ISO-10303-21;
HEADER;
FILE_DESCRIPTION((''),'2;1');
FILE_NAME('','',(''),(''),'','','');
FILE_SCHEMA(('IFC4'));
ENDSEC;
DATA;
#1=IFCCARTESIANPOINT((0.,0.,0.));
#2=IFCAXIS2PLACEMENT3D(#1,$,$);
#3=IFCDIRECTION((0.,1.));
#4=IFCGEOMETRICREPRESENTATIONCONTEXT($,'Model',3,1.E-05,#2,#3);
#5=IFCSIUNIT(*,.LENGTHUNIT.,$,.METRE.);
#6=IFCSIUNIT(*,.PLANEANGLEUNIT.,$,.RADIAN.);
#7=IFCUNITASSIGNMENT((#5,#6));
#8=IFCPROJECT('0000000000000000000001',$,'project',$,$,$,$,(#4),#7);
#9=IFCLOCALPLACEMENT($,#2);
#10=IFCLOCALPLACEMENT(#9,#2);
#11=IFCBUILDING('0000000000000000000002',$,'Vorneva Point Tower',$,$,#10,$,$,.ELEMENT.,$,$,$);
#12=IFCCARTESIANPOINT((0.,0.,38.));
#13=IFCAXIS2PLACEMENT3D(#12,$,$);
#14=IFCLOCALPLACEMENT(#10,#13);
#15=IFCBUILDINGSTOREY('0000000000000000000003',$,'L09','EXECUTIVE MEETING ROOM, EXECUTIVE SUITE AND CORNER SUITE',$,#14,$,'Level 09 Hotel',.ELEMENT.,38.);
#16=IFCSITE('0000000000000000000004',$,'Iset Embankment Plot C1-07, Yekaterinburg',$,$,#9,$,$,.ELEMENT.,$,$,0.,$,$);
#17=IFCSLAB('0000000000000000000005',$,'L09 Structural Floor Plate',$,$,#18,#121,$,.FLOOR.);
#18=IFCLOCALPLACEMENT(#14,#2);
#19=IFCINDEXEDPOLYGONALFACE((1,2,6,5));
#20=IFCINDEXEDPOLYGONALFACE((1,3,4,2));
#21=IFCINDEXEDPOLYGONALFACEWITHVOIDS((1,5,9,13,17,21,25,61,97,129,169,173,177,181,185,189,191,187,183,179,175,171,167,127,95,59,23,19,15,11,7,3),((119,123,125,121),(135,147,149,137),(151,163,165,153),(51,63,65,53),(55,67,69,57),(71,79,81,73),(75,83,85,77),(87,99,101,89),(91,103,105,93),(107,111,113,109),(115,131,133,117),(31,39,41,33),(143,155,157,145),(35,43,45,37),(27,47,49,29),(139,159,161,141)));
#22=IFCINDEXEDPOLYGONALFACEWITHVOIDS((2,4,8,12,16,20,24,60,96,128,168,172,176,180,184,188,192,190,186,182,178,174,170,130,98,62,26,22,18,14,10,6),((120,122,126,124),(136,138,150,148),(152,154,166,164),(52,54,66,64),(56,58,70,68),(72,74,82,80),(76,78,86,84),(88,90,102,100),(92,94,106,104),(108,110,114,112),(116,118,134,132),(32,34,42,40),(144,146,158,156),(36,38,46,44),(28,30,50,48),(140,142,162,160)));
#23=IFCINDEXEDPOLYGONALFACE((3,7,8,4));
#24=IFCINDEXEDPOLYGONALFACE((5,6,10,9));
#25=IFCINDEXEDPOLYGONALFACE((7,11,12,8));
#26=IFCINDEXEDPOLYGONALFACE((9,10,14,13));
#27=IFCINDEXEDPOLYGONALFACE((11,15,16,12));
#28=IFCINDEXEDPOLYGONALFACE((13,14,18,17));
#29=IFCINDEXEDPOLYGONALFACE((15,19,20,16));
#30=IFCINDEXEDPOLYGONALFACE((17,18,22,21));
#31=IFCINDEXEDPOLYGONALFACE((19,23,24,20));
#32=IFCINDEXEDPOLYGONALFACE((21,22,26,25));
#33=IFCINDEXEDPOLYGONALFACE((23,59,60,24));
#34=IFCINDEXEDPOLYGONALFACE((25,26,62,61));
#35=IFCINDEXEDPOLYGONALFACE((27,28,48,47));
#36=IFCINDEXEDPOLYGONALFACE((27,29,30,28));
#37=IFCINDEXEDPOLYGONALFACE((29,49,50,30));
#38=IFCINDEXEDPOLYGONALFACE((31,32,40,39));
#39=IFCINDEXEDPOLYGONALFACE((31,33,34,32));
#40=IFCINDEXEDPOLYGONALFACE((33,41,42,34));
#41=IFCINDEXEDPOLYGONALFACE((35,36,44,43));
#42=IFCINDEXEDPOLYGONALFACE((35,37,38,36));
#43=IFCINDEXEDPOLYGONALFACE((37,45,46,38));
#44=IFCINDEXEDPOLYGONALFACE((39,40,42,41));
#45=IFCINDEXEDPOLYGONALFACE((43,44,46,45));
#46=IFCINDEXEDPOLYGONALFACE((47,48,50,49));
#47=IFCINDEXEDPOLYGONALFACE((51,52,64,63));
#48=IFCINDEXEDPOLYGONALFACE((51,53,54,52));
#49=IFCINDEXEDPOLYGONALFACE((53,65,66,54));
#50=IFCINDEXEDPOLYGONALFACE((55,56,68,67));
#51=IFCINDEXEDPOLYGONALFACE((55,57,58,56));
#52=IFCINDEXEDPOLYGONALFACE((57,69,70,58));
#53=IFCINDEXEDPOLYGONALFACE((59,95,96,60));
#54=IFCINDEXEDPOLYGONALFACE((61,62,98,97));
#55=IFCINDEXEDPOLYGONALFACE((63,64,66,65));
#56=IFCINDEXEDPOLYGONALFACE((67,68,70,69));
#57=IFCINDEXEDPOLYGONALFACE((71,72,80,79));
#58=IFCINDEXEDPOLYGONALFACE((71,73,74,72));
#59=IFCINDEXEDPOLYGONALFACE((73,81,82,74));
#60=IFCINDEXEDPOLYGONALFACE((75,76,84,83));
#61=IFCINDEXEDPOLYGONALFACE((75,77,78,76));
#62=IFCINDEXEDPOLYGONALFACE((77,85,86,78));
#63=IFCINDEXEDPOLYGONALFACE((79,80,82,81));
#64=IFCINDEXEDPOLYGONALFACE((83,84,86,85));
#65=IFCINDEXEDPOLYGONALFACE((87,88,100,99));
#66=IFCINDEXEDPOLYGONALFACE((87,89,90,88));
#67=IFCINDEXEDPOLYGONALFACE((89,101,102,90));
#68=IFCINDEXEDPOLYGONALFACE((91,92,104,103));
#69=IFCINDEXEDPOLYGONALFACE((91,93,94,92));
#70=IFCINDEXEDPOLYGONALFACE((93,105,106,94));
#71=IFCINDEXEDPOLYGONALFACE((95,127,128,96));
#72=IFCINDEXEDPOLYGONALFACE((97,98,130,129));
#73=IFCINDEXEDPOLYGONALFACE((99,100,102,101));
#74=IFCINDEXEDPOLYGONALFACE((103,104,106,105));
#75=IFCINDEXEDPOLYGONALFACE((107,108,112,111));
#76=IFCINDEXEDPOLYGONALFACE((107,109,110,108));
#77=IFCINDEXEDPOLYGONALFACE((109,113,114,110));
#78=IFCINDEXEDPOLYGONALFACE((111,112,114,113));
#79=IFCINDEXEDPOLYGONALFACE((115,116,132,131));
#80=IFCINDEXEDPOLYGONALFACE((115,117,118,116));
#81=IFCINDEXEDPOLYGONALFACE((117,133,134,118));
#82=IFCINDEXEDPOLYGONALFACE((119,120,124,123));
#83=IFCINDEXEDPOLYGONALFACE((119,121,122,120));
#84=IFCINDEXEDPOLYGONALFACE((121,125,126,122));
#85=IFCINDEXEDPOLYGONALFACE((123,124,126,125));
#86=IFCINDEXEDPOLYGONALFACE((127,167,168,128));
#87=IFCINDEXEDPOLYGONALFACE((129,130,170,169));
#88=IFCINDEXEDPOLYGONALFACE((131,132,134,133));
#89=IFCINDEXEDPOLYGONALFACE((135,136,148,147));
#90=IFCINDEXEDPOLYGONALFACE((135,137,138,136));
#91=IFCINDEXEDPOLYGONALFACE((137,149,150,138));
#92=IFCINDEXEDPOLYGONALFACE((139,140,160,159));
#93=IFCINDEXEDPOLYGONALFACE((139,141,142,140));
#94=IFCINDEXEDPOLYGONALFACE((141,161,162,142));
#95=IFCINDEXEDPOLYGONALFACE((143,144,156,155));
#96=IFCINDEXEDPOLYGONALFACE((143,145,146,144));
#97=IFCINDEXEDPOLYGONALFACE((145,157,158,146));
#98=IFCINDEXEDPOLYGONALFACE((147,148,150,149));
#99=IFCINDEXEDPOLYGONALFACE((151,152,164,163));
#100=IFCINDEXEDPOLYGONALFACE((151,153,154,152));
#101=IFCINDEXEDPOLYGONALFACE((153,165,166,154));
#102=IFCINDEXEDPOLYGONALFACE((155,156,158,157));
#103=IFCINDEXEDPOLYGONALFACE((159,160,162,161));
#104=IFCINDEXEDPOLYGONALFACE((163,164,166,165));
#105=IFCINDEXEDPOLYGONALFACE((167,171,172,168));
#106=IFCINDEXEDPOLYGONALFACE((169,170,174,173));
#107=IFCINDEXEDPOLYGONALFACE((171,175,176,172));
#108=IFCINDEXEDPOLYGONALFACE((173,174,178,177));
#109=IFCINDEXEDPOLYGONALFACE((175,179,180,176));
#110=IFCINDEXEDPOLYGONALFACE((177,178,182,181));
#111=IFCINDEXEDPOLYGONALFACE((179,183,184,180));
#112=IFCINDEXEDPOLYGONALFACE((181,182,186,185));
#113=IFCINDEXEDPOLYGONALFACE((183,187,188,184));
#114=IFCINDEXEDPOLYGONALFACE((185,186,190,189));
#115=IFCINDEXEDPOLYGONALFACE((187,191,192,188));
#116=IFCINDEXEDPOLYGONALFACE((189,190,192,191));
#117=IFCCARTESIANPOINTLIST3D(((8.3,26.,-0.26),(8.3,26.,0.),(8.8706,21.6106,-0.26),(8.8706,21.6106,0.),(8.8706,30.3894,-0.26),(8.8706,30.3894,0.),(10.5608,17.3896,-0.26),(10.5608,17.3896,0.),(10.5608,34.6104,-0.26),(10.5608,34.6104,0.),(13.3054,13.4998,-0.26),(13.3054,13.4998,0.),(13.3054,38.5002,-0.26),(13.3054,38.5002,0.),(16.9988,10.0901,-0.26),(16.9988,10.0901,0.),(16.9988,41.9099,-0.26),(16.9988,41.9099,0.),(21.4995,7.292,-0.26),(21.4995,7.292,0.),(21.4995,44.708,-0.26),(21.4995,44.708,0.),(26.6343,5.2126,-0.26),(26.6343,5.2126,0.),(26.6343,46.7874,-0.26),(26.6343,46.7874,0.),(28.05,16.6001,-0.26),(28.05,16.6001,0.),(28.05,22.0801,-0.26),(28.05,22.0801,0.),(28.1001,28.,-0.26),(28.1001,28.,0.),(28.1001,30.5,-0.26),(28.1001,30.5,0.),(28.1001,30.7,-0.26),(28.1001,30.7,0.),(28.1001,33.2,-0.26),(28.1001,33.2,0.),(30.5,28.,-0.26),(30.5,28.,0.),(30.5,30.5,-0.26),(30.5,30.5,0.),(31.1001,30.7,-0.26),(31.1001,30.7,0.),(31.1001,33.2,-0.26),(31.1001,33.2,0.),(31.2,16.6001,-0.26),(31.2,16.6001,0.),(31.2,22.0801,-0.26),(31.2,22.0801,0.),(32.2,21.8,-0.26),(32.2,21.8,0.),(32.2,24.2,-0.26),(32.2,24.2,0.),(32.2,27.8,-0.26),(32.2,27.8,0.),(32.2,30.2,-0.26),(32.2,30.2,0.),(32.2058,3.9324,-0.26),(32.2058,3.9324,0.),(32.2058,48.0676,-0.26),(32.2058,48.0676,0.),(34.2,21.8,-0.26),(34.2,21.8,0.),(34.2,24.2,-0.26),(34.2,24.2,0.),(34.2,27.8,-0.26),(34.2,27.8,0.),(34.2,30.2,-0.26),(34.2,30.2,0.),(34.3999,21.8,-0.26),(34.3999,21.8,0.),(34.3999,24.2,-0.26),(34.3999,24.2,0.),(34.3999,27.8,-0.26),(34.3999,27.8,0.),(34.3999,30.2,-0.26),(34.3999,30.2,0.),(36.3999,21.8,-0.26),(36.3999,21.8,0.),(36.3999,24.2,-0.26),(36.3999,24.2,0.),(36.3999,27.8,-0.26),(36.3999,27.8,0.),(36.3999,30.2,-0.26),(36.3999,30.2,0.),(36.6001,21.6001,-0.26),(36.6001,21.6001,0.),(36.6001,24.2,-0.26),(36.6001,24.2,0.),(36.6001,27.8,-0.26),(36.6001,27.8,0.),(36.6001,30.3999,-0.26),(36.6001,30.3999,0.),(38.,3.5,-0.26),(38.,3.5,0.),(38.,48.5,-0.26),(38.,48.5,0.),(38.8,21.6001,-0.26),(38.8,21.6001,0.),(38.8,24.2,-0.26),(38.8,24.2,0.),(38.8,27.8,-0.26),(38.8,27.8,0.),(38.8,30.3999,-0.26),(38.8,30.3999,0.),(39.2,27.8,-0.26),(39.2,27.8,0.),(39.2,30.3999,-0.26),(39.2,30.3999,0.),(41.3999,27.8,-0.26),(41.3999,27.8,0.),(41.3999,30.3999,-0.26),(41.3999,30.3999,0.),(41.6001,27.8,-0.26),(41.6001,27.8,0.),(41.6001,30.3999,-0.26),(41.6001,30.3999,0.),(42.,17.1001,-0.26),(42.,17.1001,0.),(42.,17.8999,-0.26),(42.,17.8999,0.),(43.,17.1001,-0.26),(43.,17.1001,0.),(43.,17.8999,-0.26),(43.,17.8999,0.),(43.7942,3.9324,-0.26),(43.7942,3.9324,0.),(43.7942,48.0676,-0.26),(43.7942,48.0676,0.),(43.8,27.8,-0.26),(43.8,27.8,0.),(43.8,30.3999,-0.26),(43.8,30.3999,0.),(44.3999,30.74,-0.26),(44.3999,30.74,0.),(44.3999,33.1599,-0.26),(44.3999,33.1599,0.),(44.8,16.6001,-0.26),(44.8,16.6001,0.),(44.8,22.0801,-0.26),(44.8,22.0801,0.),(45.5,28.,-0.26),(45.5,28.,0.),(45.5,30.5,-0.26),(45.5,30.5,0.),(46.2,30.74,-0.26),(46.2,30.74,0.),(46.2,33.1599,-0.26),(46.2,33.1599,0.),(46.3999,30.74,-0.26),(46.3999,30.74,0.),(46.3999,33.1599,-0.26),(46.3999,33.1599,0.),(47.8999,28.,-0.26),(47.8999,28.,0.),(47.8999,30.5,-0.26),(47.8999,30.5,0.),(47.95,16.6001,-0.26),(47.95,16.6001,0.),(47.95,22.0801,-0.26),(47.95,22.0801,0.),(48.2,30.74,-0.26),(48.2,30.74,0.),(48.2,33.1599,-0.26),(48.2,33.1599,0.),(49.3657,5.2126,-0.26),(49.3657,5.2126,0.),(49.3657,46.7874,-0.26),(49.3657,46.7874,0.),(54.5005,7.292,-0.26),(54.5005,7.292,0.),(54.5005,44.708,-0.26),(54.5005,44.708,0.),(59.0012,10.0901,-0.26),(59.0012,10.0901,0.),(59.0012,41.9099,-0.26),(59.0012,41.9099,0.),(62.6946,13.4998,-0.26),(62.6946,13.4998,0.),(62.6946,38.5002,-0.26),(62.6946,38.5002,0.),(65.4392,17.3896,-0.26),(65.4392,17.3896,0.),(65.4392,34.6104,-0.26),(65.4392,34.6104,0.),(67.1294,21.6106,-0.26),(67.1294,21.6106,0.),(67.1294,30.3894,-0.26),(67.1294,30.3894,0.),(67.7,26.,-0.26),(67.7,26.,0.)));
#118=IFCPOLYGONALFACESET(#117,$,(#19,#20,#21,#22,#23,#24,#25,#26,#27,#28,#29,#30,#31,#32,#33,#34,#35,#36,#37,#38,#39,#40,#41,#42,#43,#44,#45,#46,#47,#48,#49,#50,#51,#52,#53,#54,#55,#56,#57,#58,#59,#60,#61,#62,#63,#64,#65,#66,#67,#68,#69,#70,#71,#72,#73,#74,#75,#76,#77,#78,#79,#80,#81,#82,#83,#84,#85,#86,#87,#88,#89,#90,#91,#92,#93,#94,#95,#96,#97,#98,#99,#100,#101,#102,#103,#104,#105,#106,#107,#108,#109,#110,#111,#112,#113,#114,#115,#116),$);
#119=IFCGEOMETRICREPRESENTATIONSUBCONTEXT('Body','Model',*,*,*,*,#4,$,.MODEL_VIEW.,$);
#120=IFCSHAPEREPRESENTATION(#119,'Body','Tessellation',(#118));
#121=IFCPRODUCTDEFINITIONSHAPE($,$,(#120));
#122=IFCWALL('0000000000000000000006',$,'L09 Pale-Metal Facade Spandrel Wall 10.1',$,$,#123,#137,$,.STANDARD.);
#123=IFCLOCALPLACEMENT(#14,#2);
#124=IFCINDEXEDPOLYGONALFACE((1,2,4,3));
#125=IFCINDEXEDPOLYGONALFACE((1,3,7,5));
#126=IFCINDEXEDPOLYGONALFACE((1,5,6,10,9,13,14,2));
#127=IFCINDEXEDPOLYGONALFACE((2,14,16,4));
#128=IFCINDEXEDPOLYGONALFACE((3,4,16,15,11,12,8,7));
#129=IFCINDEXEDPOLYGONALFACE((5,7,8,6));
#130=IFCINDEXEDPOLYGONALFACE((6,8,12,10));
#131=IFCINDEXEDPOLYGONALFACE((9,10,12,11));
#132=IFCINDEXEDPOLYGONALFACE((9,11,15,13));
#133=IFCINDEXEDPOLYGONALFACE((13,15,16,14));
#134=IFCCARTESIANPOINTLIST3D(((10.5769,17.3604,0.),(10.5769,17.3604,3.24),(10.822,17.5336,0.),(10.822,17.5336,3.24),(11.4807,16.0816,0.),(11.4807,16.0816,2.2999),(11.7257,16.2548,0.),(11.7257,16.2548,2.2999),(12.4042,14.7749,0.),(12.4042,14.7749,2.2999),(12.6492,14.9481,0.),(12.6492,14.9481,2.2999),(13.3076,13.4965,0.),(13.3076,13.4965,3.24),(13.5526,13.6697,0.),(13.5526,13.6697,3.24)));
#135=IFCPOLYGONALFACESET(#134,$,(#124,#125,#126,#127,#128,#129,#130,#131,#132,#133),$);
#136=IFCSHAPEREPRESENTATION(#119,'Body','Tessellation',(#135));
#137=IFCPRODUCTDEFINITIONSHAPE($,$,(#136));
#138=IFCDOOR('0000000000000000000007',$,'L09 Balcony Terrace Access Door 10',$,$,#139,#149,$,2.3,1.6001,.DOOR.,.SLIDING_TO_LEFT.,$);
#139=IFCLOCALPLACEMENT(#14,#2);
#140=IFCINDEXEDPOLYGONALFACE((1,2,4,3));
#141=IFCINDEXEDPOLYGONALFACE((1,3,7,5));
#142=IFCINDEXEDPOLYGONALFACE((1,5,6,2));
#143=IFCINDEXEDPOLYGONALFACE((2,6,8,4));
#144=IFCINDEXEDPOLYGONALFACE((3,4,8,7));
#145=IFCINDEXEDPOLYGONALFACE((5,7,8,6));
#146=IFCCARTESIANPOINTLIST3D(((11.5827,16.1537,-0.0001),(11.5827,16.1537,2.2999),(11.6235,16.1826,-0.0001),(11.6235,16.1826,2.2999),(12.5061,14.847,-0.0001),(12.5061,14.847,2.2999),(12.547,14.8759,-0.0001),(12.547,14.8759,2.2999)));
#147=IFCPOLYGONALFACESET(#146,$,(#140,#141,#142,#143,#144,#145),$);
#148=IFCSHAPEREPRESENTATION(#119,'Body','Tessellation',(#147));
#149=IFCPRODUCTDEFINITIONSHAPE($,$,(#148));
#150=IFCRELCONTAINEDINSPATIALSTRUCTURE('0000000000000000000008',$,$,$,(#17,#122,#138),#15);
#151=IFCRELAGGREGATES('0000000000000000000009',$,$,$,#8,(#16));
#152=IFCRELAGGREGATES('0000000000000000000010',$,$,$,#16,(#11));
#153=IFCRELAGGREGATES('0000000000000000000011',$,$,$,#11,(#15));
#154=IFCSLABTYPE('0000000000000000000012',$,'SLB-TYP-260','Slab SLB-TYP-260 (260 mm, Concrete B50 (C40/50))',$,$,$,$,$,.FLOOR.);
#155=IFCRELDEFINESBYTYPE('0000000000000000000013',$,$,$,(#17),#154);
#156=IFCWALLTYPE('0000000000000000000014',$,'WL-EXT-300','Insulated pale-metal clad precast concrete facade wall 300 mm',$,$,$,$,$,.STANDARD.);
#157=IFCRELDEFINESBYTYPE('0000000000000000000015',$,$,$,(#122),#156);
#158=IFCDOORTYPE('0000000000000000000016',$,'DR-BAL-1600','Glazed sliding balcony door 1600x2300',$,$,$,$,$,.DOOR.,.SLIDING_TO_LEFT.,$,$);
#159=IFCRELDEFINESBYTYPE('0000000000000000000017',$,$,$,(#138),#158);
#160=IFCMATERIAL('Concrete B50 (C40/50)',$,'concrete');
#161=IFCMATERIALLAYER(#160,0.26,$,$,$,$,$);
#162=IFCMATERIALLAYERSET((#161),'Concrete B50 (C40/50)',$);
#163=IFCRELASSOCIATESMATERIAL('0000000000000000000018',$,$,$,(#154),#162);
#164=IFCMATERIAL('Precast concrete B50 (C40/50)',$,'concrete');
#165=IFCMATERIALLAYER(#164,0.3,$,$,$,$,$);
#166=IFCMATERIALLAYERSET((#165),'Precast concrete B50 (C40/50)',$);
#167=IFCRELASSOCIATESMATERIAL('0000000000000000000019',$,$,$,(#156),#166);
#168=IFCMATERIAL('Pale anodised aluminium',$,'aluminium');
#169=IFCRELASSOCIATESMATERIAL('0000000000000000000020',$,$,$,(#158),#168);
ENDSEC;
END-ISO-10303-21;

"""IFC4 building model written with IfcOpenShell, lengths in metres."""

from ifc_helpers import new_model, si_unit, direction, frame, frame_2d, origin, place, context, subcontext, project, spatial, polyline, rectangle, outline, extrude, material, layer, layer_set, type_object, element, fill, save


model = new_model("IFC4")

# Units and contexts
model_context = context("Model", 3, precision=1e-05, world=origin(), true_north=direction((0.0, 1.0)))
body_context = subcontext(model_context, "Body", "Model", "MODEL_VIEW")
ifc_project = project(units=[si_unit("LENGTHUNIT", "METRE"), si_unit("PLANEANGLEUNIT", "RADIAN")], contexts=[model_context])

# Site, building, storey
site_placement = place(None, origin())
site = spatial("IfcSite", under=ifc_project, at=site_placement, Name="Iset Embankment Plot C1-07, Yekaterinburg", CompositionType="ELEMENT", RefElevation=0.0)
building_placement = place(site_placement, origin())
building = spatial("IfcBuilding", under=site, at=building_placement, Name="Vorneva Point Tower", CompositionType="ELEMENT")
storey_placement = place(building_placement, frame((0.0, 0.0, 38.0)))
storey = spatial("IfcBuildingStorey", under=building, at=storey_placement, Name="L09", Description="EXECUTIVE MEETING ROOM, EXECUTIVE SUITE AND CORNER SUITE", LongName="Level 09 Hotel", CompositionType="ELEMENT", Elevation=38.0)

# Shared definitions
ifc_material_1 = material(Name="Pale anodised aluminium", Category="aluminium")

# Shared definitions
ifc_material_2 = material(Name="Concrete B50 (C40/50)", Category="concrete")

# Slab
ifc_layer_1 = layer(ifc_material_2, 0.26)
ifc_layer_set_1 = layer_set([ifc_layer_1], Name="Concrete B50 (C40/50)")
slab_type_1 = type_object("IfcSlabType", Name="SLB-TYP-260", Description="Slab SLB-TYP-260 (260 mm, Concrete B50 (C40/50))", PredefinedType="FLOOR", material=ifc_layer_set_1)
slab_1_placement = place(storey_placement, frame((0.0, 0.0, -0.26)))
element("IfcSlab", 1, at=slab_1_placement, inside=storey, type_object=slab_type_1, Name="L09 Structural Floor Plate", PredefinedType="FLOOR", context=body_context, shape_type="SweptSolid", body=[
    extrude(outline(polyline([(67.7, 26.0), (67.1294, 30.3894), (65.4392, 34.6104), (62.6946, 38.5002), (59.0012, 41.9099), (54.5005, 44.708), (49.3657, 46.7874), (43.7942, 48.0676), (38.0, 48.5), (32.2058, 48.0676), (26.6343, 46.7874), (21.4995, 44.708), (16.9988, 41.9099), (13.3054, 38.5002), (10.5608, 34.6104), (8.8706, 30.3894), (8.3, 26.0), (8.8706, 21.6106), (10.5608, 17.3896), (13.3054, 13.4998), (16.9988, 10.0901), (21.4995, 7.292), (26.6343, 5.2126), (32.2058, 3.9324), (38.0, 3.5), (43.7942, 3.9324), (49.3657, 5.2126), (54.5005, 7.292), (59.0012, 10.0901), (62.6946, 13.4998), (65.4392, 17.3896), (67.1294, 21.6106), (67.7, 26.0)]), holes=[polyline([(32.2, 27.8), (34.2, 27.8), (34.2, 30.2), (32.2, 30.2), (32.2, 27.8)]), polyline([(34.3999, 27.8), (36.3999, 27.8), (36.3999, 30.2), (34.3999, 30.2), (34.3999, 27.8)]), polyline([(36.6001, 27.8), (38.8, 27.8), (38.8, 30.3999), (36.6001, 30.3999), (36.6001, 27.8)]), polyline([(32.2, 21.8), (34.2, 21.8), (34.2, 24.2), (32.2, 24.2), (32.2, 21.8)]), polyline([(34.3999, 21.8), (36.3999, 21.8), (36.3999, 24.2), (34.3999, 24.2), (34.3999, 21.8)]), polyline([(36.6001, 21.6001), (38.8, 21.6001), (38.8, 24.2), (36.6001, 24.2), (36.6001, 21.6001)]), polyline([(39.2, 27.8), (41.3999, 27.8), (41.3999, 30.3999), (39.2, 30.3999), (39.2, 27.8)]), polyline([(41.6001, 27.8), (43.8, 27.8), (43.8, 30.3999), (41.6001, 30.3999), (41.6001, 27.8)]), polyline([(44.3999, 30.74), (46.2, 30.74), (46.2, 33.1599), (44.3999, 33.1599), (44.3999, 30.74)]), polyline([(46.3999, 30.74), (48.2, 30.74), (48.2, 33.1599), (46.3999, 33.1599), (46.3999, 30.74)]), polyline([(28.1001, 28.0), (30.5, 28.0), (30.5, 30.5), (28.1001, 30.5), (28.1001, 28.0)]), polyline([(45.5, 28.0), (47.8999, 28.0), (47.8999, 30.5), (45.5, 30.5), (45.5, 28.0)]), polyline([(28.1001, 30.7), (31.1001, 30.7), (31.1001, 33.2), (28.1001, 33.2), (28.1001, 30.7)]), polyline([(28.05, 16.6001), (31.2, 16.6001), (31.2, 22.0801), (28.05, 22.0801), (28.05, 16.6001)]), polyline([(44.8, 16.6001), (47.95, 16.6001), (47.95, 22.0801), (44.8, 22.0801), (44.8, 16.6001)]), polyline([(42.0, 17.1001), (43.0, 17.1001), (43.0, 17.8999), (42.0, 17.8999), (42.0, 17.1001)])]), origin(), (0.0, 0.0, 1.0), 0.26),
])

# Wall, opening, door
ifc_material_3 = material(Name="Precast concrete B50 (C40/50)", Category="concrete")
ifc_layer_2 = layer(ifc_material_3, 0.3)
ifc_layer_set_2 = layer_set([ifc_layer_2], Name="Precast concrete B50 (C40/50)")
wall_type_1 = type_object("IfcWallType", Name="WL-EXT-300", Description="Insulated pale-metal clad precast concrete facade wall 300 mm", PredefinedType="STANDARD", material=ifc_layer_set_2)
wall_1_placement = place(storey_placement, frame((10.6995, 17.447, 0.0), z_axis=(0.0, 0.0, 1.0), x_axis=(0.577131, -0.816652, 0.0)))
wall_1 = element("IfcWall", 2, at=wall_1_placement, inside=storey, type_object=wall_type_1, Name="L09 Pale-Metal Facade Spandrel Wall 10.1", PredefinedType="STANDARD", context=body_context, shape_type="SweptSolid", body=[
    extrude(rectangle(XDim=4.7314, YDim=0.3, at=frame_2d((2.3657, 0.0))), origin(), (0.0, 0.0, 1.0), 3.24),
])
opening_1_placement = place(wall_1_placement, frame((1.5659, 0.0, 0.0)))
opening_1 = element("IfcOpeningElement", 3, at=opening_1_placement, cuts=wall_1, PredefinedType="OPENING", context=body_context, shape_type="SweptSolid", body=[
    extrude(rectangle(XDim=1.6001, YDim=2.3, at=frame_2d((0.8, 1.1499))), frame((0.0, 0.165, 0.0), z_axis=(0.0, -1.0, 0.0), x_axis=(1.0, 0.0, 0.0)), (0.0, 0.0, 1.0), 0.3298),
])
door_type_1 = type_object("IfcDoorType", Name="DR-BAL-1600", Description="Glazed sliding balcony door 1600x2300", OperationType="SLIDING_TO_LEFT", PredefinedType="DOOR", material=ifc_material_1)
door_1_placement = place(opening_1_placement, origin())
door_1 = element("IfcDoor", 4, at=door_1_placement, inside=storey, type_object=door_type_1, Name="L09 Balcony Terrace Access Door 10", OperationType="SLIDING_TO_LEFT", OverallHeight=2.3, OverallWidth=1.6001, PredefinedType="DOOR", context=body_context, shape_type="SweptSolid", body=[
    extrude(rectangle(XDim=1.6001, YDim=2.3, at=frame_2d((0.8, 1.1499))), frame((0.0, 0.0249, 0.0), z_axis=(0.0, -1.0, 0.0), x_axis=(1.0, 0.0, 0.0)), (0.0, 0.0, 1.0), 0.05),
])
fill(opening_1, door_1)

save(model, "model.ifc")
